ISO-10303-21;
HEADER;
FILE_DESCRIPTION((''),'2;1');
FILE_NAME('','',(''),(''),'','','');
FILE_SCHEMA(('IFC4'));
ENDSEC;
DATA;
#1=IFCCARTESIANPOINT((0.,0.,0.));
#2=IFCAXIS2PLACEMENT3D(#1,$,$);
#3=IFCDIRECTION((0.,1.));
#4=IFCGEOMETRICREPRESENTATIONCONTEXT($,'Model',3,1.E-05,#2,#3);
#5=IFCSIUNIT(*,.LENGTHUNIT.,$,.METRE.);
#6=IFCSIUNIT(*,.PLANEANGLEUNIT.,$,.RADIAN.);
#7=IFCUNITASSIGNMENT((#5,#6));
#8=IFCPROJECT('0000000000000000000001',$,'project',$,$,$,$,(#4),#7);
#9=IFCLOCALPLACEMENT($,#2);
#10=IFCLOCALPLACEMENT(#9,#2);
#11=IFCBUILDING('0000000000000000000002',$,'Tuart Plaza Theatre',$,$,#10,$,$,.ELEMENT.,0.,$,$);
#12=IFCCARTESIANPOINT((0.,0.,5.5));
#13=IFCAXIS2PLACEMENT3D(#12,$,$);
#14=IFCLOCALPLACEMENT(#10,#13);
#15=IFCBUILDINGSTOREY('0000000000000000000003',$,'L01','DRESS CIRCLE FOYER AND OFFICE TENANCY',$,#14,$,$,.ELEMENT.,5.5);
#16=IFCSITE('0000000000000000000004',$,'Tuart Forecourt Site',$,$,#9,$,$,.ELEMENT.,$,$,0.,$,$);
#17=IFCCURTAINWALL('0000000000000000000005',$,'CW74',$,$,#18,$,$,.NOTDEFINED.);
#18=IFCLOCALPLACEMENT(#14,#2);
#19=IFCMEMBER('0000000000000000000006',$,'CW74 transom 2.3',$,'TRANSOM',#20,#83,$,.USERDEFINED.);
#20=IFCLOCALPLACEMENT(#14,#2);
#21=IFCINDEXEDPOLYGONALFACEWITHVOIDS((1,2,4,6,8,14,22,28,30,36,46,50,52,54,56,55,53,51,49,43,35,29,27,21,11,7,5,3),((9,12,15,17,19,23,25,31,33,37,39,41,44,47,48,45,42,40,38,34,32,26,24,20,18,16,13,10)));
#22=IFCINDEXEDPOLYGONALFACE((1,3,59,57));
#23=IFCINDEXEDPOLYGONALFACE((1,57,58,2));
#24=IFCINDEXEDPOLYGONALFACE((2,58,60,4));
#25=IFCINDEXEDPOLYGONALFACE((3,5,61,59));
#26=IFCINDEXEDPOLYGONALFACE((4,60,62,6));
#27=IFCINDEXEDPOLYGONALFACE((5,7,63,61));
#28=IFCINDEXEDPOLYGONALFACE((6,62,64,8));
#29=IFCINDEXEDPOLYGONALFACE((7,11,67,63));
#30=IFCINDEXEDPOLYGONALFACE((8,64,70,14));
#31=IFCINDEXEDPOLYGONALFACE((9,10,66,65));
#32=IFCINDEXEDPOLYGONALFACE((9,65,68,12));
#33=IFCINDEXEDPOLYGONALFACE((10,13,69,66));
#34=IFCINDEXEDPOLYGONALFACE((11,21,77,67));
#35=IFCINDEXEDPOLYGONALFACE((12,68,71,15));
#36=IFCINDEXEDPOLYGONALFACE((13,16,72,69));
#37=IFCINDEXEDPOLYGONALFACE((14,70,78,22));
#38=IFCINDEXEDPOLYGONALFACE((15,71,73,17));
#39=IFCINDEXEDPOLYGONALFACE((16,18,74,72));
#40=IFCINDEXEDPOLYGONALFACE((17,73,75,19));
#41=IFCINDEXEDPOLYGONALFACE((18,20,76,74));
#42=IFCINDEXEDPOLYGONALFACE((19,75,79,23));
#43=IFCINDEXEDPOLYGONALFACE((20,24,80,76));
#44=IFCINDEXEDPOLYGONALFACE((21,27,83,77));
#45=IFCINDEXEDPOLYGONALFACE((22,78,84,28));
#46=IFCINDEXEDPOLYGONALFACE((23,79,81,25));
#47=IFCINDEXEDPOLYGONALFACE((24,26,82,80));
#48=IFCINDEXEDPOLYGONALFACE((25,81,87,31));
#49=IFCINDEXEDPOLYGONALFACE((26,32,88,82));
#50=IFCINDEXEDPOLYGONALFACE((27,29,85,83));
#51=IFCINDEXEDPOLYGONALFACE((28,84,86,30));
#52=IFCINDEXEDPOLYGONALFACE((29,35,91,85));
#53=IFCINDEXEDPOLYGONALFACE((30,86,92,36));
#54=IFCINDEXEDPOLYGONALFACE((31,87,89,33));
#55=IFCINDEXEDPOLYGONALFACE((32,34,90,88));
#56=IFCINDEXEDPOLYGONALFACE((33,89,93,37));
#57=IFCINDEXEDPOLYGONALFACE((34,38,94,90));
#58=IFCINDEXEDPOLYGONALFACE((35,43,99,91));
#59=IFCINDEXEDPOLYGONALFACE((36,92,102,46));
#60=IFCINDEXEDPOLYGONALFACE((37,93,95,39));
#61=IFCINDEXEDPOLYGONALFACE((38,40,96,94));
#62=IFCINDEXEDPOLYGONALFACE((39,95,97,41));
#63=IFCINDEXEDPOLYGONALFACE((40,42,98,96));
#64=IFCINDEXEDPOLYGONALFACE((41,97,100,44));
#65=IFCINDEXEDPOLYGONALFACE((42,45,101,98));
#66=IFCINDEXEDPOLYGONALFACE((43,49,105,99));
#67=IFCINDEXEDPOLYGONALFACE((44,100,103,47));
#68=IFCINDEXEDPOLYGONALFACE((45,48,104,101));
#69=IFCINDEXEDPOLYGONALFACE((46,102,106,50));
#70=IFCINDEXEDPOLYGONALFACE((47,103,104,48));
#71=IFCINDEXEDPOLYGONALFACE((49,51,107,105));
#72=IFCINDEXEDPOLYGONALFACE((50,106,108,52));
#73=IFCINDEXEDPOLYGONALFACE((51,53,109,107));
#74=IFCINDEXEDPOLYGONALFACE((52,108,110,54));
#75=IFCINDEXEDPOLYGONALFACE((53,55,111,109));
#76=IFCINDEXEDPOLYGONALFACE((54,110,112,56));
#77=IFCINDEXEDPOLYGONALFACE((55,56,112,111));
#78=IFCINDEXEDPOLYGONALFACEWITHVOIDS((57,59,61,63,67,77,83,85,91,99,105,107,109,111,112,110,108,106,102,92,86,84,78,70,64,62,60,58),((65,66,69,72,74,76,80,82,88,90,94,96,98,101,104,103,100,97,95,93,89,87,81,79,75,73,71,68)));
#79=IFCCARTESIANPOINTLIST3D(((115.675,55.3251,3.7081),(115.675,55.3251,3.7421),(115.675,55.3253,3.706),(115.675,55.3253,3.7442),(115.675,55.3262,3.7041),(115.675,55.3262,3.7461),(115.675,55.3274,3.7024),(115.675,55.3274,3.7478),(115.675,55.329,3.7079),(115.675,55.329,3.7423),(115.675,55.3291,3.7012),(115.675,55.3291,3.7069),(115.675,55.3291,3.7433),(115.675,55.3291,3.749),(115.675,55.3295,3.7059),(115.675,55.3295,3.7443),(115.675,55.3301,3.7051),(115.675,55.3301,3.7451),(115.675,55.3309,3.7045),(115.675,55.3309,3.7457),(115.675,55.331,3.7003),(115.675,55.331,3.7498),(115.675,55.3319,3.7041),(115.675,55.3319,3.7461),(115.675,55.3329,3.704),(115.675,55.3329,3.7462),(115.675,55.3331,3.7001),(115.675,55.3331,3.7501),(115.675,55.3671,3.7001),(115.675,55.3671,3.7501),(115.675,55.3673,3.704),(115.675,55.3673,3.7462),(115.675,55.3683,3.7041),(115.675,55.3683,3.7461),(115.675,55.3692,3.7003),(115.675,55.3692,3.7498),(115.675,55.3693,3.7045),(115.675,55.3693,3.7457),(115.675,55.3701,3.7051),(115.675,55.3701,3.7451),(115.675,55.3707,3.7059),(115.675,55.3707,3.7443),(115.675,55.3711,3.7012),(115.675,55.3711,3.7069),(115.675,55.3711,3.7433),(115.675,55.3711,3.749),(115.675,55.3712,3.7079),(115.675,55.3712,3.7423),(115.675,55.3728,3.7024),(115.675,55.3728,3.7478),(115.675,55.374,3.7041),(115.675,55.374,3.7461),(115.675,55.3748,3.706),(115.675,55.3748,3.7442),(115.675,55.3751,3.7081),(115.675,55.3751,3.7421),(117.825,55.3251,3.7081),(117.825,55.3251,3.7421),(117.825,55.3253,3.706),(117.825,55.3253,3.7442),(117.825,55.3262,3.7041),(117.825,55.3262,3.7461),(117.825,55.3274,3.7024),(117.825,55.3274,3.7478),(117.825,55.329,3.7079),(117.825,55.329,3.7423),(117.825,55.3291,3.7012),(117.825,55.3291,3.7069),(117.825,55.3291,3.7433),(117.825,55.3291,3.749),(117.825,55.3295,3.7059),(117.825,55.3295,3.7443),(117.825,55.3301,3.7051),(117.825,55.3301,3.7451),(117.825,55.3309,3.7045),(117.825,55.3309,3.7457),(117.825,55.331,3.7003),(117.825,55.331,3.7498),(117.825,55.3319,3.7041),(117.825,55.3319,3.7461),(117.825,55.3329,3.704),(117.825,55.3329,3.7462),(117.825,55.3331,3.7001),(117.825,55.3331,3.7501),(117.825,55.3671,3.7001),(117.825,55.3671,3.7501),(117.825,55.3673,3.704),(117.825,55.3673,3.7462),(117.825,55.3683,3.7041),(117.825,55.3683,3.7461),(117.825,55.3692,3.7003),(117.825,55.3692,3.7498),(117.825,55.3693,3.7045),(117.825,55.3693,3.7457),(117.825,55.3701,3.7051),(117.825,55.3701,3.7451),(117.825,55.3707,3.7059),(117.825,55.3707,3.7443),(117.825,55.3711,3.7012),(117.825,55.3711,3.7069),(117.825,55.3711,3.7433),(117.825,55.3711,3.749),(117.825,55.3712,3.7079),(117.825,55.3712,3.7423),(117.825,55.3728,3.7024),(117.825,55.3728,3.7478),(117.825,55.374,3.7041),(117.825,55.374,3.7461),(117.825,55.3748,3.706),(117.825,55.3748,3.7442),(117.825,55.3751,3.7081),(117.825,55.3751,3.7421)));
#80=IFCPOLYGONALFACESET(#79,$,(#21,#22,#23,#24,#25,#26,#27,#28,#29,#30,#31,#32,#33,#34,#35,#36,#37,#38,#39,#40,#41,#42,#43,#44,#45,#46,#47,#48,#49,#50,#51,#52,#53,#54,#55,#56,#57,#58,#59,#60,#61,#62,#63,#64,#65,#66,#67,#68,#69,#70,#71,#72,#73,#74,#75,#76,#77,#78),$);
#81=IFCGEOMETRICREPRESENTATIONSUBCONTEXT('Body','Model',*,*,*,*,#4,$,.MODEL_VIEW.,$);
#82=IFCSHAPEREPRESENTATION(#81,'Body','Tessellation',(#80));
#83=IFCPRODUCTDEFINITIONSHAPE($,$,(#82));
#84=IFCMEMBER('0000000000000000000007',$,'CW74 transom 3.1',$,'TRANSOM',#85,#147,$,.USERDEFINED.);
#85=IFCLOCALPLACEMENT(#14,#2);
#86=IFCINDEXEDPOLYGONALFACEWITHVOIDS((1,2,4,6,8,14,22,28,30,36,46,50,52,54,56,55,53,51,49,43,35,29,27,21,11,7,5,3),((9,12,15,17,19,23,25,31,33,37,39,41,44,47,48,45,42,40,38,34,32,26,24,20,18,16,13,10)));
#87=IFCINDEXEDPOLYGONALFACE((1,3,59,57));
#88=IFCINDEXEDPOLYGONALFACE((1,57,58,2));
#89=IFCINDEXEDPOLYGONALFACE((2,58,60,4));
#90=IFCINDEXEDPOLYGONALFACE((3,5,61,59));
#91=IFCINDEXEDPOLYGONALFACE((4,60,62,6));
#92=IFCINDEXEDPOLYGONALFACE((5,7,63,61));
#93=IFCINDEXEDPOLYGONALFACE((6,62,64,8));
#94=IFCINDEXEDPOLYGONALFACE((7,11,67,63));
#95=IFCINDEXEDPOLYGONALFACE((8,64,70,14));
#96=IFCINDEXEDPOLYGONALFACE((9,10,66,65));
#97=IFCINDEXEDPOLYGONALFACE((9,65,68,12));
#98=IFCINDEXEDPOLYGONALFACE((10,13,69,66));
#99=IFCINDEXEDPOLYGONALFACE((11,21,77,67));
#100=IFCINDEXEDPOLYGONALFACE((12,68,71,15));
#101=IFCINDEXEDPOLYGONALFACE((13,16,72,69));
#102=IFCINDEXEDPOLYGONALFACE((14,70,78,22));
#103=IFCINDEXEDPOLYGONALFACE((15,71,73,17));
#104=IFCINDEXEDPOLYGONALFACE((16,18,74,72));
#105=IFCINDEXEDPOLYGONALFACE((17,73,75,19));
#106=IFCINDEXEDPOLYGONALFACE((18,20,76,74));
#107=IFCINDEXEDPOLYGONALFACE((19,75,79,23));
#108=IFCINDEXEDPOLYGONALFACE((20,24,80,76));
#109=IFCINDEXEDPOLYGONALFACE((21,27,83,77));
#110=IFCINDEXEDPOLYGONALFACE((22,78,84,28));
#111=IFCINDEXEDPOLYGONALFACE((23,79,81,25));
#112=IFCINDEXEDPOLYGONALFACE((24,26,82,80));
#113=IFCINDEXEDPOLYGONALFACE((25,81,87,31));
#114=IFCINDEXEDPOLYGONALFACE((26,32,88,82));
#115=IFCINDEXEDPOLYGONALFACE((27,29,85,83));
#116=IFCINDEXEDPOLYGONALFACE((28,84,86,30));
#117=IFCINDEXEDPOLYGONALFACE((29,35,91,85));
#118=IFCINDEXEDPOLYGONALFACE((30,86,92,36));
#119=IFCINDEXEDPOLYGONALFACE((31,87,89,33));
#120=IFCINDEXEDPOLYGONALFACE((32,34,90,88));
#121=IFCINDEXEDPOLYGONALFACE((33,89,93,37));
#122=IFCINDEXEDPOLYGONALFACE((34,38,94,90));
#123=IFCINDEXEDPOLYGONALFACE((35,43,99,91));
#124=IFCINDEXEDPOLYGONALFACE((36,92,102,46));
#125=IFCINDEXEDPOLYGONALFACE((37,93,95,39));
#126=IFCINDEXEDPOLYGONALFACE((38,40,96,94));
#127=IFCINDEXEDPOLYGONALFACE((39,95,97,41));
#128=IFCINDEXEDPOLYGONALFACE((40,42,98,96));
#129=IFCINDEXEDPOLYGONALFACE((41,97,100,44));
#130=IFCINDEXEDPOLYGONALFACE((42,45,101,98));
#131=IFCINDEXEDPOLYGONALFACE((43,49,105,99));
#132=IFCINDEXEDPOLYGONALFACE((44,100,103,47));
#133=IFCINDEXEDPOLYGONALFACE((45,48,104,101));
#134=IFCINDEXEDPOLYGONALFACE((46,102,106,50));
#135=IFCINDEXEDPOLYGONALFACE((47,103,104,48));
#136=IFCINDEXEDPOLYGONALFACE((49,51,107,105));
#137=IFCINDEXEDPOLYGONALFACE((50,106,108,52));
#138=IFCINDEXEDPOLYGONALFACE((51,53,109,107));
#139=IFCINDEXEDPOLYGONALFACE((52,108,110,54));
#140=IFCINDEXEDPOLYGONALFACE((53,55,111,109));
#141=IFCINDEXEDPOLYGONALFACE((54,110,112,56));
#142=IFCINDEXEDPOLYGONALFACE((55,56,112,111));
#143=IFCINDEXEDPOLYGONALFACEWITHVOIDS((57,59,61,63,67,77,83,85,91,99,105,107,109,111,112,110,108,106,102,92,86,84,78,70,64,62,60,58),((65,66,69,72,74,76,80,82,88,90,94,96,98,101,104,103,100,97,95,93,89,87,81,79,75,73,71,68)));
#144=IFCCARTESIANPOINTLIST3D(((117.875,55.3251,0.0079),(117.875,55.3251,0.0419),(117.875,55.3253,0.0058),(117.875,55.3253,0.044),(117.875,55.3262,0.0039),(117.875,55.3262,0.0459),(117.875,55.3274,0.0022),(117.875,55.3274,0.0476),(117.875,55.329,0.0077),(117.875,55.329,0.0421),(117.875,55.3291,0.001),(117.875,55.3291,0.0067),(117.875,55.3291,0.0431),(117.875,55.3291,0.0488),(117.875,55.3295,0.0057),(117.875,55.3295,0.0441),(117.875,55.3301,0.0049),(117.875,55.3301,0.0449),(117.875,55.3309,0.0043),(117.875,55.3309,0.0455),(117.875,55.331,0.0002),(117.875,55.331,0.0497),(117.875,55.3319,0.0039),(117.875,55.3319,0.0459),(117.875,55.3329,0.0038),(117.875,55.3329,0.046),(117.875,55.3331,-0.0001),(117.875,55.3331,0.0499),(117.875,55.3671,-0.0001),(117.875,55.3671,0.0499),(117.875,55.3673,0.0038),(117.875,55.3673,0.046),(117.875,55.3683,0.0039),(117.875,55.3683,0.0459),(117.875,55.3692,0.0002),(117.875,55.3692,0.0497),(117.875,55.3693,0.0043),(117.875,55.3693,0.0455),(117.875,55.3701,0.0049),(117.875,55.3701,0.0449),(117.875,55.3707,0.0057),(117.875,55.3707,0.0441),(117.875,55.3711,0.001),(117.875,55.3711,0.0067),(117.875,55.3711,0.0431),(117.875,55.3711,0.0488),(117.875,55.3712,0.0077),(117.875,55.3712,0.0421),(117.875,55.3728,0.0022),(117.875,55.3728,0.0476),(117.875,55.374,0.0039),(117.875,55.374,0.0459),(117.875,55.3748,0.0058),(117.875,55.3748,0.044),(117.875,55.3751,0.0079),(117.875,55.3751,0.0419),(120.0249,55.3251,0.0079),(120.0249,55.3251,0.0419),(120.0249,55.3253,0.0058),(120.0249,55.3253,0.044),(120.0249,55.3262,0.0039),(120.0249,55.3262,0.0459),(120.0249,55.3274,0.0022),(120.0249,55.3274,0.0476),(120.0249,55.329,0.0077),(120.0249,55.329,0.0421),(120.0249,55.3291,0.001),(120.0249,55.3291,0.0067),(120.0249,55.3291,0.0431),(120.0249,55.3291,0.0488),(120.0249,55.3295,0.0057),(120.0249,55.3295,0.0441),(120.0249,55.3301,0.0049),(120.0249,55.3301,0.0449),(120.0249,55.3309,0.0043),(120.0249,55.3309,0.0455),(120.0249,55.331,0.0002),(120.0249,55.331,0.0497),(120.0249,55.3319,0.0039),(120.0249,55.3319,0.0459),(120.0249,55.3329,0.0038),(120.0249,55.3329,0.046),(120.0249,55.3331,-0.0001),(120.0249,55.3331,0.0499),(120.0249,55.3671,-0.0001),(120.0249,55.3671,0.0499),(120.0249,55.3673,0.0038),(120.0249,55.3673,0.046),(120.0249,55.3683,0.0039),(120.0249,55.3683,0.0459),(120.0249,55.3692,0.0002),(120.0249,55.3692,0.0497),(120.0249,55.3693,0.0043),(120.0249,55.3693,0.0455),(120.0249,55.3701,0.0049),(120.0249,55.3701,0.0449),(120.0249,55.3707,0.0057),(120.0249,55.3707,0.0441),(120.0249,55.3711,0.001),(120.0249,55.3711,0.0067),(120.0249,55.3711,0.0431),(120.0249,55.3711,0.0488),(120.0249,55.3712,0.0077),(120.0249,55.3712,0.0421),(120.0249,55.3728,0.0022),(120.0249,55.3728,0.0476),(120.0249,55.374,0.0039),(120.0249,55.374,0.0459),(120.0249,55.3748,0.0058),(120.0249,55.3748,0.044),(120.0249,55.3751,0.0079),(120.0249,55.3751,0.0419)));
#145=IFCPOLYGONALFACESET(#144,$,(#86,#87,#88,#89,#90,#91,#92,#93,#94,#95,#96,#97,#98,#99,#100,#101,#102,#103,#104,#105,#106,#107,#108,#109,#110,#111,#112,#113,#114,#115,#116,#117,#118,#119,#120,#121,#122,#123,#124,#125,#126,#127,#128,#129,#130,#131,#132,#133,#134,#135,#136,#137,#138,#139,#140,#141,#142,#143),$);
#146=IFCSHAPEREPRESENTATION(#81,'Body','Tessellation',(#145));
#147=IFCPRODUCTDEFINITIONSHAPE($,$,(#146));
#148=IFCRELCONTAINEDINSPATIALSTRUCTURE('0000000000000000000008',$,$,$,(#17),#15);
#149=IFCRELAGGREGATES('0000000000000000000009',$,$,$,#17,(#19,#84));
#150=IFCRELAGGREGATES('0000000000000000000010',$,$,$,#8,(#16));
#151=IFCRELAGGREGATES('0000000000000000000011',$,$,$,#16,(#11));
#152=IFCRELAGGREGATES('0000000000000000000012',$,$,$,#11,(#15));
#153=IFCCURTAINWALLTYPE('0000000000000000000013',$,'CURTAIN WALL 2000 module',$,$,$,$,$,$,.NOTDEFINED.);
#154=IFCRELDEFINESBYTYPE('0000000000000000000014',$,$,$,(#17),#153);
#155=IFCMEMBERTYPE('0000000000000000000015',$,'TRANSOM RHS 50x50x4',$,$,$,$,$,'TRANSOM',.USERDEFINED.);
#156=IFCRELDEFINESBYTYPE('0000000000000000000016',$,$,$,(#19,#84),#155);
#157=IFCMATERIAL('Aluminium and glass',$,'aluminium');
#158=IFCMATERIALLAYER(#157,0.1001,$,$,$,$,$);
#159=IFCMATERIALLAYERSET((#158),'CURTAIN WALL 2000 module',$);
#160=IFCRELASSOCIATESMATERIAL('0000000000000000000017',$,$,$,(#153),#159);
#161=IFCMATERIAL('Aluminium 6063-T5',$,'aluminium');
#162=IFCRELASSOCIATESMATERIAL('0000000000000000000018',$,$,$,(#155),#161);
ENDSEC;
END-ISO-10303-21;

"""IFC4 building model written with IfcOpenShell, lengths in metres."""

from ifc_helpers import new_model, si_unit, direction, frame, origin, origin_2d, place, context, subcontext, project, spatial, hollow_rectangle, extrude, material, layer, layer_set, material_profile, profile_set, type_object, element, aggregate, save


model = new_model("IFC4")

# Units and contexts
model_context = context("Model", 3, precision=1e-05, world=origin(), true_north=direction((0.0, 1.0)))
body_context = subcontext(model_context, "Body", "Model", "MODEL_VIEW")
ifc_project = project(units=[si_unit("LENGTHUNIT", "METRE"), si_unit("PLANEANGLEUNIT", "RADIAN")], contexts=[model_context])

# Site, building, storey
site_placement = place(None, origin())
site = spatial("IfcSite", under=ifc_project, at=site_placement, Name="Tuart Forecourt Site", CompositionType="ELEMENT", RefElevation=0.0)
building_placement = place(site_placement, origin())
building = spatial("IfcBuilding", under=site, at=building_placement, Name="Tuart Plaza Theatre", CompositionType="ELEMENT", ElevationOfRefHeight=0.0)
storey_placement = place(building_placement, frame((0.0, 0.0, 5.5)))
storey = spatial("IfcBuildingStorey", under=building, at=storey_placement, Name="L01", Description="DRESS CIRCLE FOYER AND OFFICE TENANCY", CompositionType="ELEMENT", Elevation=5.5)

# Curtain wall, members
ifc_material_1 = material(Name="Aluminium and glass", Category="aluminium")
ifc_layer_1 = layer(ifc_material_1, 0.1001)
ifc_layer_set_1 = layer_set([ifc_layer_1], Name="CURTAIN WALL 2000 module")
curtain_wall_type = type_object("IfcCurtainWallType", Name="CURTAIN WALL 2000 module", PredefinedType="NOTDEFINED", material=ifc_layer_set_1)
curtain_wall_1_placement = place(storey_placement, origin())
curtain_wall_1 = element("IfcCurtainWall", 1, at=curtain_wall_1_placement, inside=storey, type_object=curtain_wall_type, Name="CW74", PredefinedType="NOTDEFINED")
ifc_material_2 = material(Name="Aluminium 6063-T5", Category="aluminium")
ifc_material_profile_1 = material_profile(ifc_material_2, hollow_rectangle(XDim=0.05, YDim=0.05, WallThickness=0.0039, InnerFilletRadius=0.0039, OuterFilletRadius=0.0081, at=origin_2d()), Name="RHS 50x50x4")
ifc_profile_set_1 = profile_set([ifc_material_profile_1], Name="Aluminium 6063-T5")
member_type_1 = type_object("IfcMemberType", Name="TRANSOM RHS 50x50x4", ElementType="TRANSOM", PredefinedType="USERDEFINED", material=ifc_profile_set_1)
member_1_placement = place(storey_placement, frame((115.675, 55.3501, 3.7251), z_axis=(1.0, 0.0, 0.0), x_axis=(0.0, 1.0, 0.0)))
member_1 = element("IfcMember", 2, at=member_1_placement, type_object=member_type_1, Name="CW74 transom 2.3", ObjectType="TRANSOM", PredefinedType="USERDEFINED", context=body_context, shape_type="SweptSolid", body=[
    extrude(hollow_rectangle(XDim=0.05, YDim=0.05, WallThickness=0.0039, InnerFilletRadius=0.0039, OuterFilletRadius=0.0081, at=origin_2d()), origin(), (0.0, 0.0, 1.0), 2.1499),
])
member_2_placement = place(storey_placement, frame((117.875, 55.3501, 0.0249), z_axis=(1.0, 0.0, 0.0), x_axis=(0.0, 1.0, 0.0)))
member_2 = element("IfcMember", 3, at=member_2_placement, type_object=member_type_1, Name="CW74 transom 3.1", ObjectType="TRANSOM", PredefinedType="USERDEFINED", context=body_context, shape_type="SweptSolid", body=[
    extrude(hollow_rectangle(XDim=0.05, YDim=0.05, WallThickness=0.0039, InnerFilletRadius=0.0039, OuterFilletRadius=0.0081, at=origin_2d()), origin(), (0.0, 0.0, 1.0), 2.1499),
])

aggregate(curtain_wall_1, [member_1, member_2])

save(model, "model.ifc")
